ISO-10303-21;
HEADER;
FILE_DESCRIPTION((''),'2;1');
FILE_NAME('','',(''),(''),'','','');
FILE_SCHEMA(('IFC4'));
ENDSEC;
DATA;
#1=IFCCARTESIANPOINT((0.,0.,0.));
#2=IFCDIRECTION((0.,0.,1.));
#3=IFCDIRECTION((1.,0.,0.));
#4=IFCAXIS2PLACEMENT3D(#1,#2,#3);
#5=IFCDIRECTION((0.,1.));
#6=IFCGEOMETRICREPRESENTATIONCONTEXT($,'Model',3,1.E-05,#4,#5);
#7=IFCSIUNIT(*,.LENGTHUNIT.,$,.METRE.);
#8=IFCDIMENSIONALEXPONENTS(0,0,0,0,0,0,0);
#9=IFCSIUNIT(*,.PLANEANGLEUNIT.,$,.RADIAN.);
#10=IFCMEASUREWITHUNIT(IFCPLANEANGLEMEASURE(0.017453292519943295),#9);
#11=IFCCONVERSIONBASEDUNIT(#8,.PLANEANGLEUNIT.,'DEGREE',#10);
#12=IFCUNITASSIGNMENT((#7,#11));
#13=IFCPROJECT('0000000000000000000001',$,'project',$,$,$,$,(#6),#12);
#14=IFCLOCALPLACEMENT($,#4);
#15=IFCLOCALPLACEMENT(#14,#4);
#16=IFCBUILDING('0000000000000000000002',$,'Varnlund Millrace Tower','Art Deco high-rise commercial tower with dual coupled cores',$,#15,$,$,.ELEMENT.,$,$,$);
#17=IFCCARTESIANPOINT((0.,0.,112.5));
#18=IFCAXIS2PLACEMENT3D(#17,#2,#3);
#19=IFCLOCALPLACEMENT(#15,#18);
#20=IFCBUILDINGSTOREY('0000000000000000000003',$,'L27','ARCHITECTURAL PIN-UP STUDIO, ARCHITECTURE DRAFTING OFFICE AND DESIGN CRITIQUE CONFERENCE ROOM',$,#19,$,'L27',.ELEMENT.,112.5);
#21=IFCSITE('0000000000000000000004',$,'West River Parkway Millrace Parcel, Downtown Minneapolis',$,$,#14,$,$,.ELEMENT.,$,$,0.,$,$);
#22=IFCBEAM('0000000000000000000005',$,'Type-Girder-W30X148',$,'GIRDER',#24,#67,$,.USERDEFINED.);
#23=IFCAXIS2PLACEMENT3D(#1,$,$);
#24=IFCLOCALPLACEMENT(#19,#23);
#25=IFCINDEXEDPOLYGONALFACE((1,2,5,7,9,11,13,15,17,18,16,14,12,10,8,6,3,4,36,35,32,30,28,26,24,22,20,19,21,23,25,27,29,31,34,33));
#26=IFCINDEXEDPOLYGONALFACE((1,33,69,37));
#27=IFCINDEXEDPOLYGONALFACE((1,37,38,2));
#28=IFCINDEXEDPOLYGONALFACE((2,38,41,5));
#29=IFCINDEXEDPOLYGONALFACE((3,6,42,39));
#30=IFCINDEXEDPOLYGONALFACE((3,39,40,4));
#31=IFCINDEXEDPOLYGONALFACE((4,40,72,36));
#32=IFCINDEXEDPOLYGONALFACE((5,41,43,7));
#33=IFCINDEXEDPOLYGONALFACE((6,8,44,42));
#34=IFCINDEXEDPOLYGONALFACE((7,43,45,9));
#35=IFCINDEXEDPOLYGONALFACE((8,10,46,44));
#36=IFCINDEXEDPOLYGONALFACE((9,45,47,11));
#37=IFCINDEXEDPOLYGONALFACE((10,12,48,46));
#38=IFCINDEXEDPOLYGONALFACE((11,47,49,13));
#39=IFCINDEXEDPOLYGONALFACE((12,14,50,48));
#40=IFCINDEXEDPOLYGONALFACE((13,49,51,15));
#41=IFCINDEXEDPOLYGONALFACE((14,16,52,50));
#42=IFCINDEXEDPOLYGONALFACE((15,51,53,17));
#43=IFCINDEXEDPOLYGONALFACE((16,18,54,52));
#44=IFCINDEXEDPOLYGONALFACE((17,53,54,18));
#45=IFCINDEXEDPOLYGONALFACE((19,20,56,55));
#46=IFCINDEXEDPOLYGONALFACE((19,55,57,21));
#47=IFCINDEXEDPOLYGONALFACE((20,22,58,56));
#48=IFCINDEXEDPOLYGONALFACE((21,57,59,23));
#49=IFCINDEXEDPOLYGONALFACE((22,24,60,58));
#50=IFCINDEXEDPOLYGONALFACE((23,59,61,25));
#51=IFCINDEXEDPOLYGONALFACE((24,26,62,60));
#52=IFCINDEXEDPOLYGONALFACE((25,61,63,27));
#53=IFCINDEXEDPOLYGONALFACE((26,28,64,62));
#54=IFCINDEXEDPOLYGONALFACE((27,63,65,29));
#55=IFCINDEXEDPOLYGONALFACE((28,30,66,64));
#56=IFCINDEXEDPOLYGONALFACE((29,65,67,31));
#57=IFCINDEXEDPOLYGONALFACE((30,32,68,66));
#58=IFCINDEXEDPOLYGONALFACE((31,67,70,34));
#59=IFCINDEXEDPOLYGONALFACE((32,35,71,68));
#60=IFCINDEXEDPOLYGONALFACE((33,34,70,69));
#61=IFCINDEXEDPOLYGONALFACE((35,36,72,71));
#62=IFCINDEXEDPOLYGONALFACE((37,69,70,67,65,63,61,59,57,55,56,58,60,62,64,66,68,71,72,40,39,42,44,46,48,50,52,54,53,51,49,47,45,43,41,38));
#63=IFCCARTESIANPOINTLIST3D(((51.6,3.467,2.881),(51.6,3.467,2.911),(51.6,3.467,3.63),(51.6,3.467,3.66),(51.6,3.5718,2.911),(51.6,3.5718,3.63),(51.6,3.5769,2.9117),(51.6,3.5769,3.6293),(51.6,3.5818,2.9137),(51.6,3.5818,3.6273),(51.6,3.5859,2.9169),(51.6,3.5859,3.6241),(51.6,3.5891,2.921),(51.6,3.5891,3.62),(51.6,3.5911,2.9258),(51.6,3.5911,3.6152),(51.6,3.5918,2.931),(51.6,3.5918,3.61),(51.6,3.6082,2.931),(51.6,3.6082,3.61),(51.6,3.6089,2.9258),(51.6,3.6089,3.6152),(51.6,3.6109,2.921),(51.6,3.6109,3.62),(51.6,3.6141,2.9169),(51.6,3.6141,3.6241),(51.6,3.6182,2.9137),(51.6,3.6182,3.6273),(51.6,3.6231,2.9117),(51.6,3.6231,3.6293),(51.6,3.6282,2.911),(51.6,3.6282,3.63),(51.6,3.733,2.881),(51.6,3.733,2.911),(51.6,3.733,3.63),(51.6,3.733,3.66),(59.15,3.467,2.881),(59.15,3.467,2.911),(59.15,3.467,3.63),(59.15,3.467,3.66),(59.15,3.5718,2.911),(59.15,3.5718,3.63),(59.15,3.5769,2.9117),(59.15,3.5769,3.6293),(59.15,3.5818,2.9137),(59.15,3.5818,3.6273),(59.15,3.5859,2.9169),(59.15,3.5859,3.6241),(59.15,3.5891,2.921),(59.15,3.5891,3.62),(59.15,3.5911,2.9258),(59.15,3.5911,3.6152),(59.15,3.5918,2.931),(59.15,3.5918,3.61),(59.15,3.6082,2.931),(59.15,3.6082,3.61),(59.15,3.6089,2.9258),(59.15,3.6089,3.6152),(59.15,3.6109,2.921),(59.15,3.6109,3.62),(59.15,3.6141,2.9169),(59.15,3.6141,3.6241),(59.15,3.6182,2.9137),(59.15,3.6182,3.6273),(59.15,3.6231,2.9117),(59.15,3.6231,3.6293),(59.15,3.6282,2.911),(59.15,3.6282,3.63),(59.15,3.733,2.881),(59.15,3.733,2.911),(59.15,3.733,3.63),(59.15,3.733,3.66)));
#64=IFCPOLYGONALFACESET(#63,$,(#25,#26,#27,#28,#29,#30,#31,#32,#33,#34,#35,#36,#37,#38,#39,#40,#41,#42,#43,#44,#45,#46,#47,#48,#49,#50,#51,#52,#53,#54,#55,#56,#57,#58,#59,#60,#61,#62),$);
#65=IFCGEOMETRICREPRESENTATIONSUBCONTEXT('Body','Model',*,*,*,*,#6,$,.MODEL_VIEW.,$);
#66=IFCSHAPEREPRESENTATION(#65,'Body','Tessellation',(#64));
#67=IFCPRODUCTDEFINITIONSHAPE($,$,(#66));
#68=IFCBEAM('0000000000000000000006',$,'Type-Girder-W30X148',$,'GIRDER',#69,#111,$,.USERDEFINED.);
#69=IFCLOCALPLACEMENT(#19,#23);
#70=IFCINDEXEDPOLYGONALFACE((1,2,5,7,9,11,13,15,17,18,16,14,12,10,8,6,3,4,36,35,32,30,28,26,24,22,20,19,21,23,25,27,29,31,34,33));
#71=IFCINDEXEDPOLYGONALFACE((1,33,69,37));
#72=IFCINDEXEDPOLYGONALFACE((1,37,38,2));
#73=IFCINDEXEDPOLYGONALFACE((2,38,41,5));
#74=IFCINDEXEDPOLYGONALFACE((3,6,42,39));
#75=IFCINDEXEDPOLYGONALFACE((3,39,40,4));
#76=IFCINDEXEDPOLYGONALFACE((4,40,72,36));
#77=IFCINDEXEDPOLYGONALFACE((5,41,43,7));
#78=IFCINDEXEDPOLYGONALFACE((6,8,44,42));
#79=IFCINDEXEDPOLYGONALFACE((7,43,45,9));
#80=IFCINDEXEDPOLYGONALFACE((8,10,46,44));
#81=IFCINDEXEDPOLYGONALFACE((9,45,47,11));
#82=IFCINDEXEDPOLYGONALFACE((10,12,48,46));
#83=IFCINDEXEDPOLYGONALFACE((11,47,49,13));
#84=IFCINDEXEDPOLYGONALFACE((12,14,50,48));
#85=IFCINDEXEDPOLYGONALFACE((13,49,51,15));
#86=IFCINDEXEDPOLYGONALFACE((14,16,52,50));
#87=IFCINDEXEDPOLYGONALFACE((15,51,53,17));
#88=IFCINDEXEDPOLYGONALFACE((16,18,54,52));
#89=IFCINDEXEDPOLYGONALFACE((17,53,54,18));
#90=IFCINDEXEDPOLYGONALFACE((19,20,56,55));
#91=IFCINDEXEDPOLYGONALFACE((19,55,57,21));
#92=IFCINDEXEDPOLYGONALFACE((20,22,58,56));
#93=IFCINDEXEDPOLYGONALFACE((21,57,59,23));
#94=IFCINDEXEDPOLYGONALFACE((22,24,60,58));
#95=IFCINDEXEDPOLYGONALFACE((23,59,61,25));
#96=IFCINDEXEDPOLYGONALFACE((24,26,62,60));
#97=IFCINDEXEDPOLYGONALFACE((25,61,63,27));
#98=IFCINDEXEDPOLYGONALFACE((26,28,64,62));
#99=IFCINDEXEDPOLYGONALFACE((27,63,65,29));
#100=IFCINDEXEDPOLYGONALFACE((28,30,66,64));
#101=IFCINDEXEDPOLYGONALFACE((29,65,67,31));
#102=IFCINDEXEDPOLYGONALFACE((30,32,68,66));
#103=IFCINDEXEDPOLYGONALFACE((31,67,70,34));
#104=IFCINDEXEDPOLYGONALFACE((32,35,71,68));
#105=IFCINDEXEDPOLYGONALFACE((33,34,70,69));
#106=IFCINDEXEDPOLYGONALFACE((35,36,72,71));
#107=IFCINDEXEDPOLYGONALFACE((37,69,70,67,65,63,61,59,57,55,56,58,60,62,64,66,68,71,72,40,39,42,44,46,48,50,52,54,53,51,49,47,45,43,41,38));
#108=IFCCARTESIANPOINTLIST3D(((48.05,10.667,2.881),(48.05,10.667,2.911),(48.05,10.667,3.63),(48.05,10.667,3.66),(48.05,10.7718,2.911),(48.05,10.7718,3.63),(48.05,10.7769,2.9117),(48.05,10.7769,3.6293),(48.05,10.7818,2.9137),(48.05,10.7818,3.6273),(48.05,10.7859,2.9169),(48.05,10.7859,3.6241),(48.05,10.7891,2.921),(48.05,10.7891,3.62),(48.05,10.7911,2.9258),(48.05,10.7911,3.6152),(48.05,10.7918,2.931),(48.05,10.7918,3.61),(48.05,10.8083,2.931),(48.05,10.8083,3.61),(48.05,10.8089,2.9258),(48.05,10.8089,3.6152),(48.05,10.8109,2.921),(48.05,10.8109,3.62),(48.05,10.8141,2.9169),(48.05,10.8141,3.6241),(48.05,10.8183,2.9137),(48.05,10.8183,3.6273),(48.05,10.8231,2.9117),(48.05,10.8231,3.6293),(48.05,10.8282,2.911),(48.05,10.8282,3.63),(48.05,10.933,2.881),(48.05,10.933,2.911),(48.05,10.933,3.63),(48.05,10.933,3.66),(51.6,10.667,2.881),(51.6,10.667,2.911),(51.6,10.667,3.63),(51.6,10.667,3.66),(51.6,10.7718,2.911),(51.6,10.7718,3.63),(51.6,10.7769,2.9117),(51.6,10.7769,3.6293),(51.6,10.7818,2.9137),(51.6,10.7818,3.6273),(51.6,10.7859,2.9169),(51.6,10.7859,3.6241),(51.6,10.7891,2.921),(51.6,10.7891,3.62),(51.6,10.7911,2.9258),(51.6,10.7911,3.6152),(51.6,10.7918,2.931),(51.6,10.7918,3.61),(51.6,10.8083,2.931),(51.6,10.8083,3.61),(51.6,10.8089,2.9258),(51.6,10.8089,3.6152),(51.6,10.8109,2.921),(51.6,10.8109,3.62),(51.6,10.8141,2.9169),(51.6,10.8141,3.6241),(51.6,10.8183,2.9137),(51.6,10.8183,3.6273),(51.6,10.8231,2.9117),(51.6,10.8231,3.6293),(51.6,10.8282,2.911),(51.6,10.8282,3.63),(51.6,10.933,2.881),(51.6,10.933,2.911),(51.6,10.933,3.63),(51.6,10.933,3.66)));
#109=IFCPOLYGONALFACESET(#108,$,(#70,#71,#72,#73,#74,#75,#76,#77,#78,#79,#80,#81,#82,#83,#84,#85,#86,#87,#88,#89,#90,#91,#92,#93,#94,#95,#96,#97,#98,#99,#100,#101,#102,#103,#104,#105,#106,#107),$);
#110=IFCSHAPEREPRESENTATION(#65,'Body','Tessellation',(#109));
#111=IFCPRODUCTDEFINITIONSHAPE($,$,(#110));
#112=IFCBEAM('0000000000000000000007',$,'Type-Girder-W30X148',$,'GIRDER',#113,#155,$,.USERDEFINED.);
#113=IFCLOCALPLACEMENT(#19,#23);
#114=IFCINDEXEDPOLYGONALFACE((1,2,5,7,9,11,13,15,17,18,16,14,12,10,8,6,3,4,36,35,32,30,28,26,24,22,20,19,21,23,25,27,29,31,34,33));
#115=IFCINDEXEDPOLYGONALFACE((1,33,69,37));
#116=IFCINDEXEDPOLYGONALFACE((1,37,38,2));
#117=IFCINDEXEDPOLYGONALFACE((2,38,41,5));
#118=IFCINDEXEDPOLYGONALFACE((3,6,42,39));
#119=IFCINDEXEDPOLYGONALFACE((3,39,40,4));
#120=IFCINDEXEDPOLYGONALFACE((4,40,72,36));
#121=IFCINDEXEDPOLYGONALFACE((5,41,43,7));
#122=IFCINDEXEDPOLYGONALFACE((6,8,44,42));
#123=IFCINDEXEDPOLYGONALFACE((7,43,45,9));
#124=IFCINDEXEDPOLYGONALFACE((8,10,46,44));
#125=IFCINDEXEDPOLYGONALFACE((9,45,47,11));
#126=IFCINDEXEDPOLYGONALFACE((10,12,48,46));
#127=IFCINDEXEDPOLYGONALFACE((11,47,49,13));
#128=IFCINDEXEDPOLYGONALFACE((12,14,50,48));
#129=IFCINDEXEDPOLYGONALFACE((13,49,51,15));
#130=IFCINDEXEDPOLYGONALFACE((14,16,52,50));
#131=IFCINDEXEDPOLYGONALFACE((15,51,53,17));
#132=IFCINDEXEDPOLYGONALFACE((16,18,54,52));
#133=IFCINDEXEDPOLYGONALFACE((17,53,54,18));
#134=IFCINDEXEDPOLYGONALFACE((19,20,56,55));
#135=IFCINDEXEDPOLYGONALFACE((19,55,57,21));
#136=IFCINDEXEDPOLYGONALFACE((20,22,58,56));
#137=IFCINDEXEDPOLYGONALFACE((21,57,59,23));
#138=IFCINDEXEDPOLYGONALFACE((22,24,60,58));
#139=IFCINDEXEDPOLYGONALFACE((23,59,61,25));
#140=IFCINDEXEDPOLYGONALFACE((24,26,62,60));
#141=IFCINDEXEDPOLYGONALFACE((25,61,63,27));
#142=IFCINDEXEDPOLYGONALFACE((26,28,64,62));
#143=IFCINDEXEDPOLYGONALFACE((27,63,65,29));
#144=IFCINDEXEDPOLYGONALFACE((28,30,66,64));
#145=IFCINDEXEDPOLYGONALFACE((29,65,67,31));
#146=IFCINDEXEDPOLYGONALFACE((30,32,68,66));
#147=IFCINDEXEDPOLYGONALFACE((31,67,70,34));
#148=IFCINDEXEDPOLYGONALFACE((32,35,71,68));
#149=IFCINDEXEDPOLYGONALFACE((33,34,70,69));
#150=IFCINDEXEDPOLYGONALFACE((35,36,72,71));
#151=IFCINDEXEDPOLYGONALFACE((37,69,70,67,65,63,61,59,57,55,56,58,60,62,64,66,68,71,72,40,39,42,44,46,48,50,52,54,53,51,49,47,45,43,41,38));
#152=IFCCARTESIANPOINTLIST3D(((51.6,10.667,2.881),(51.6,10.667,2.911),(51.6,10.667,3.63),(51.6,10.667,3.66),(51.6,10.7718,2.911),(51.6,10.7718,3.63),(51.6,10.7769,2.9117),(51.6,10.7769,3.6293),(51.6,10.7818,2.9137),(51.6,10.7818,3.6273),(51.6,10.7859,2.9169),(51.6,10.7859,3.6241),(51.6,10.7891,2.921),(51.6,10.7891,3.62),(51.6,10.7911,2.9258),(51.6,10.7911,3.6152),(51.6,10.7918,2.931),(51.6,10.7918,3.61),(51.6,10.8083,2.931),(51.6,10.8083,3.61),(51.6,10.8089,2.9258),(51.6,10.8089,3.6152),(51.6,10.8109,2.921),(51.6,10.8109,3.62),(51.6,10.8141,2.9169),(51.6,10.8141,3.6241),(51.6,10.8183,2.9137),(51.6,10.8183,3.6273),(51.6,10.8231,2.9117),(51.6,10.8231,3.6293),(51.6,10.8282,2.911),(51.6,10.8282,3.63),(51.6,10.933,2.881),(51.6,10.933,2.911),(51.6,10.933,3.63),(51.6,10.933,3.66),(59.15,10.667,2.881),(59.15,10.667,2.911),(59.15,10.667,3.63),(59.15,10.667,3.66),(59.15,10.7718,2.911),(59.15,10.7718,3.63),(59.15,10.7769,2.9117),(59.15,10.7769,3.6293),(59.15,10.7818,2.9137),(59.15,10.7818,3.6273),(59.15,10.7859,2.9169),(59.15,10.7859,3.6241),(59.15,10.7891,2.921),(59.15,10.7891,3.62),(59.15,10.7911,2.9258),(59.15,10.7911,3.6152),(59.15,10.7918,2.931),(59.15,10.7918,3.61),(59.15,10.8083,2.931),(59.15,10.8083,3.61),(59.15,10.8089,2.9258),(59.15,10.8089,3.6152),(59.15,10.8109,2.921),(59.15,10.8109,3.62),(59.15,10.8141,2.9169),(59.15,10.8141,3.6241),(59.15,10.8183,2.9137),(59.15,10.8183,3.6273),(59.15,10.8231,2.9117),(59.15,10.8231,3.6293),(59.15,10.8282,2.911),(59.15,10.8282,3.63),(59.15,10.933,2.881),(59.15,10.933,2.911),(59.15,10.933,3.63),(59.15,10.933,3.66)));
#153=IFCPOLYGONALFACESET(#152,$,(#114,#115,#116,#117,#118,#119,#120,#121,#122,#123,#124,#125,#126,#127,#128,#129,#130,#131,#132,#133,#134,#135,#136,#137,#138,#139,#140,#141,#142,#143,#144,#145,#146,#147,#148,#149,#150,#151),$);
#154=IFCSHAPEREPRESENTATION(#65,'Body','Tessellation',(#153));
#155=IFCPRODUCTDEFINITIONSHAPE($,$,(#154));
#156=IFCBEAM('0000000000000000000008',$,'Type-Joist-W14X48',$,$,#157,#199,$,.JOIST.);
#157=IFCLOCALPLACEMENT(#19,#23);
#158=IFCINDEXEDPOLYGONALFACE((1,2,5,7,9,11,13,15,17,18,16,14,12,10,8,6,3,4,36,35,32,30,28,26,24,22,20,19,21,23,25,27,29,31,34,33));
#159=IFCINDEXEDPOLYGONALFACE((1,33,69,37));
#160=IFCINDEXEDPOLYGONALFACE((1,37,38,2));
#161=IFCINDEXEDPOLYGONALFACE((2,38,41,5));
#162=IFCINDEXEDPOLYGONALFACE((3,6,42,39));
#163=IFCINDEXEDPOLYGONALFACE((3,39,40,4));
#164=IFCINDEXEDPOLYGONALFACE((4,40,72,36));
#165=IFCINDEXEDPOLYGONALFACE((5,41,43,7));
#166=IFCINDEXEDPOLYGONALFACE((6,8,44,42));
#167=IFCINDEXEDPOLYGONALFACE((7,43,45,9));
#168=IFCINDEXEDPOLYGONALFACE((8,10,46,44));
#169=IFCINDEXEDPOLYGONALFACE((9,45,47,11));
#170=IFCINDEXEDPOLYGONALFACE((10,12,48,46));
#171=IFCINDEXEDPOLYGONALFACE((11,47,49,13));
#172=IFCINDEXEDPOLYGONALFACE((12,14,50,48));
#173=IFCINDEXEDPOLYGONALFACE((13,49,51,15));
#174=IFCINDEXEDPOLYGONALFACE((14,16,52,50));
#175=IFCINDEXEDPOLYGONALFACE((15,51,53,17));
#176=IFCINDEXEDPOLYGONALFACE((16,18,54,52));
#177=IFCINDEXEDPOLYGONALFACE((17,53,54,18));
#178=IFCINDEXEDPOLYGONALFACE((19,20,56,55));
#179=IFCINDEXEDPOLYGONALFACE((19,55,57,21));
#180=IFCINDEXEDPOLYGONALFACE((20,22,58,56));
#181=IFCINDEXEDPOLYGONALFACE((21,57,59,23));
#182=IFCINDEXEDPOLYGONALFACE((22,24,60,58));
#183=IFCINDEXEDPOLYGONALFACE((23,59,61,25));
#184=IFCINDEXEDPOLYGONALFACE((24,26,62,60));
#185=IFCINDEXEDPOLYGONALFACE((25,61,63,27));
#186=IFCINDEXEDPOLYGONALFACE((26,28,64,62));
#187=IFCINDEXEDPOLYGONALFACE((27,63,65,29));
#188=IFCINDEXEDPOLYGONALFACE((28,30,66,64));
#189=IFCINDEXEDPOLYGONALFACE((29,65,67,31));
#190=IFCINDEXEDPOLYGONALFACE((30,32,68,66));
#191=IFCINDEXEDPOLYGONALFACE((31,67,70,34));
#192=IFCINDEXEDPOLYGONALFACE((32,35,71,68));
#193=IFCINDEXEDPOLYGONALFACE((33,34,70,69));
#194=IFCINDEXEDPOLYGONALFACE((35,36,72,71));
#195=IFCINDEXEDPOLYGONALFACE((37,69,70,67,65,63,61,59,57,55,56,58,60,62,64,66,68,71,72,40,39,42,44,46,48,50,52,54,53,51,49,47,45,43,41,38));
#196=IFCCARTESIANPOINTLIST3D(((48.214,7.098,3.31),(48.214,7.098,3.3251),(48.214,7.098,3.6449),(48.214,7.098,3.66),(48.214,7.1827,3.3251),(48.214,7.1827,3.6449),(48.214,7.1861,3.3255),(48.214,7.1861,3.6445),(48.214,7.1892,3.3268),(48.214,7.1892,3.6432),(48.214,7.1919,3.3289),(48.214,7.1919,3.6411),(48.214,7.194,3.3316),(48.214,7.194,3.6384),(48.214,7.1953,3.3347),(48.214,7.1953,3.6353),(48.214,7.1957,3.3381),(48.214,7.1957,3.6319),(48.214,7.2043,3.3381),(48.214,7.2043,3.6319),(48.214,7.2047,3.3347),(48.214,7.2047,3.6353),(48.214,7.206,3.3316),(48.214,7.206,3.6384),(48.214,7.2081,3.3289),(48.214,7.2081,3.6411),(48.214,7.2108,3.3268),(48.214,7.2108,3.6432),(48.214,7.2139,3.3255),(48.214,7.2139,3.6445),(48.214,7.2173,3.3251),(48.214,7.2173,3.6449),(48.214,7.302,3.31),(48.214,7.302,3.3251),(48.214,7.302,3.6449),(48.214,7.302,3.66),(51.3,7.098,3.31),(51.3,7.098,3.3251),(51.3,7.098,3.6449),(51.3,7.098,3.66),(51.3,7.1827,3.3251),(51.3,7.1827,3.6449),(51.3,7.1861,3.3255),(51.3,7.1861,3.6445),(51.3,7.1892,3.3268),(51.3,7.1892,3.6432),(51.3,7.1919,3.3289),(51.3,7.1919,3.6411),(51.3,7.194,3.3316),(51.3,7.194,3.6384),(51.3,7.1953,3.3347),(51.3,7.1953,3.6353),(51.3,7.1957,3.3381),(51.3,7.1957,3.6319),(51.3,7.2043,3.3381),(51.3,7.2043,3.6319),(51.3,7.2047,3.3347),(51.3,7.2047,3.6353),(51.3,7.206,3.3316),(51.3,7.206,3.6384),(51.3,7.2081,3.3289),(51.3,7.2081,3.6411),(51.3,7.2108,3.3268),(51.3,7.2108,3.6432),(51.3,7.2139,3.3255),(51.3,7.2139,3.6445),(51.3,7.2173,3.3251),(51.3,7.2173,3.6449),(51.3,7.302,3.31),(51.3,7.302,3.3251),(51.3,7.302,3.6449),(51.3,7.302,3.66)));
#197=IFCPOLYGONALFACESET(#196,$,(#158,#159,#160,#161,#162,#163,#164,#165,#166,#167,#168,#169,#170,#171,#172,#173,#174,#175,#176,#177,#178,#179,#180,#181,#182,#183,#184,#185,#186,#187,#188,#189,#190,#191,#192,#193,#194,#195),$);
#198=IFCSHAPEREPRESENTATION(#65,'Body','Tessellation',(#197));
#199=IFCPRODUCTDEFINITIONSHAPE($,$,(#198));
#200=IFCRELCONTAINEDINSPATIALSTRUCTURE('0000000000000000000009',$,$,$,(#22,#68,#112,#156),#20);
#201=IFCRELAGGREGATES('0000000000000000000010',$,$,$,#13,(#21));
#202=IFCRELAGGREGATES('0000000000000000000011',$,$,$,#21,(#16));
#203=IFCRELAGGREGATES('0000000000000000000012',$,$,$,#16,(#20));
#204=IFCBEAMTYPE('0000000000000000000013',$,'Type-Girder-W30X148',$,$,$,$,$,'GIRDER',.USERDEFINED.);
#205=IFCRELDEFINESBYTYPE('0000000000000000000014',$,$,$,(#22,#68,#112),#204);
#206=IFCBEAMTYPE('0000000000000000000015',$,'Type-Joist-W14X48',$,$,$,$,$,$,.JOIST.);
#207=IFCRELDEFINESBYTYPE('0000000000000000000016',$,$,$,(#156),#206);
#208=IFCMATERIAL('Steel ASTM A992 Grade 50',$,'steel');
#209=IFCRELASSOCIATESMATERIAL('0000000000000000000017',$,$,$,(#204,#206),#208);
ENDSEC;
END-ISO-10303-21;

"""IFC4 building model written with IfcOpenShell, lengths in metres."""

from ifc_helpers import new_model, entity, si_unit, converted_unit, direction, frame, origin_with_axes, origin_2d_with_axis, place, context, subcontext, project, spatial, i_section, extrude, material, material_profile, profile_set, type_object, element, save


model = new_model("IFC4")

# Units and contexts
model_context = context("Model", 3, precision=1e-05, world=origin_with_axes(), true_north=direction((0.0, 1.0)))
body_context = subcontext(model_context, "Body", "Model", "MODEL_VIEW")
ifc_project = project(units=[si_unit("LENGTHUNIT", "METRE"), converted_unit("PLANEANGLEUNIT", "DEGREE", entity("IfcPlaneAngleMeasure", 0.017453292519943295), si_unit("PLANEANGLEUNIT", "RADIAN"), dimensions=[0, 0, 0, 0, 0, 0, 0])], contexts=[model_context])

# Site, building, storey
site_placement = place(None, origin_with_axes())
site = spatial("IfcSite", under=ifc_project, at=site_placement, Name="West River Parkway Millrace Parcel, Downtown Minneapolis", CompositionType="ELEMENT", RefElevation=0.0)
building_placement = place(site_placement, origin_with_axes())
building = spatial("IfcBuilding", under=site, at=building_placement, Name="Varnlund Millrace Tower", Description="Art Deco high-rise commercial tower with dual coupled cores", CompositionType="ELEMENT")
storey_placement = place(building_placement, frame((0.0, 0.0, 112.5), z_axis=(0.0, 0.0, 1.0), x_axis=(1.0, 0.0, 0.0)))
storey = spatial("IfcBuildingStorey", under=building, at=storey_placement, Name="L27", Description="ARCHITECTURAL PIN-UP STUDIO, ARCHITECTURE DRAFTING OFFICE AND DESIGN CRITIQUE CONFERENCE ROOM", LongName="L27", CompositionType="ELEMENT", Elevation=112.5)

# Beams
ifc_material_1 = material(Name="Steel ASTM A992 Grade 50", Category="steel")
ifc_material_profile_1 = material_profile(ifc_material_1, i_section(OverallWidth=0.266, OverallDepth=0.779, WebThickness=0.0165, FlangeThickness=0.03, FilletRadius=0.02, at=origin_2d_with_axis()), Name="Steel ASTM A992 Grade 50")
ifc_profile_set_1 = profile_set([ifc_material_profile_1], Name="Steel ASTM A992 Grade 50")
beam_type_1 = type_object("IfcBeamType", Name="Type-Girder-W30X148", ElementType="GIRDER", PredefinedType="USERDEFINED", material=ifc_profile_set_1)
beam_1_placement = place(storey_placement, frame((51.6, 3.6, 3.2705), z_axis=(1.0, 0.0, 0.0), x_axis=(0.0, 1.0, 0.0)))
element("IfcBeam", 1, at=beam_1_placement, inside=storey, type_object=beam_type_1, Name="Type-Girder-W30X148", ObjectType="GIRDER", PredefinedType="USERDEFINED", context=body_context, shape_type="SweptSolid", body=[
    extrude(i_section(OverallWidth=0.266, OverallDepth=0.779, WebThickness=0.0165, FlangeThickness=0.03, FilletRadius=0.02, at=origin_2d_with_axis()), origin_with_axes(), (0.0, 0.0, 1.0), 7.55),
])
beam_2_placement = place(storey_placement, frame((48.05, 10.8, 3.2705), z_axis=(1.0, 0.0, 0.0), x_axis=(0.0, 1.0, 0.0)))
element("IfcBeam", 2, at=beam_2_placement, inside=storey, type_object=beam_type_1, Name="Type-Girder-W30X148", ObjectType="GIRDER", PredefinedType="USERDEFINED", context=body_context, shape_type="SweptSolid", body=[
    extrude(i_section(OverallWidth=0.266, OverallDepth=0.779, WebThickness=0.0165, FlangeThickness=0.03, FilletRadius=0.02, at=origin_2d_with_axis()), origin_with_axes(), (0.0, 0.0, 1.0), 3.55),
])
beam_3_placement = place(storey_placement, frame((51.6, 10.8, 3.2705), z_axis=(1.0, 0.0, 0.0), x_axis=(0.0, 1.0, 0.0)))
element("IfcBeam", 3, at=beam_3_placement, inside=storey, type_object=beam_type_1, Name="Type-Girder-W30X148", ObjectType="GIRDER", PredefinedType="USERDEFINED", context=body_context, shape_type="SweptSolid", body=[
    extrude(i_section(OverallWidth=0.266, OverallDepth=0.779, WebThickness=0.0165, FlangeThickness=0.03, FilletRadius=0.02, at=origin_2d_with_axis()), origin_with_axes(), (0.0, 0.0, 1.0), 7.55),
])
ifc_material_profile_2 = material_profile(ifc_material_1, i_section(OverallWidth=0.204, OverallDepth=0.35, WebThickness=0.0086, FlangeThickness=0.0151, FilletRadius=0.013, at=origin_2d_with_axis()), Name="Steel ASTM A992 Grade 50")
ifc_profile_set_2 = profile_set([ifc_material_profile_2], Name="Steel ASTM A992 Grade 50")
beam_type_2 = type_object("IfcBeamType", Name="Type-Joist-W14X48", PredefinedType="JOIST", material=ifc_profile_set_2)
beam_4_placement = place(storey_placement, frame((48.214, 7.2, 3.485), z_axis=(1.0, 0.0, 0.0), x_axis=(0.0, 1.0, 0.0)))
element("IfcBeam", 4, at=beam_4_placement, inside=storey, type_object=beam_type_2, Name="Type-Joist-W14X48", PredefinedType="JOIST", context=body_context, shape_type="SweptSolid", body=[
    extrude(i_section(OverallWidth=0.204, OverallDepth=0.35, WebThickness=0.0086, FlangeThickness=0.0151, FilletRadius=0.013, at=origin_2d_with_axis()), origin_with_axes(), (0.0, 0.0, 1.0), 3.086),
])

save(model, "model.ifc")
